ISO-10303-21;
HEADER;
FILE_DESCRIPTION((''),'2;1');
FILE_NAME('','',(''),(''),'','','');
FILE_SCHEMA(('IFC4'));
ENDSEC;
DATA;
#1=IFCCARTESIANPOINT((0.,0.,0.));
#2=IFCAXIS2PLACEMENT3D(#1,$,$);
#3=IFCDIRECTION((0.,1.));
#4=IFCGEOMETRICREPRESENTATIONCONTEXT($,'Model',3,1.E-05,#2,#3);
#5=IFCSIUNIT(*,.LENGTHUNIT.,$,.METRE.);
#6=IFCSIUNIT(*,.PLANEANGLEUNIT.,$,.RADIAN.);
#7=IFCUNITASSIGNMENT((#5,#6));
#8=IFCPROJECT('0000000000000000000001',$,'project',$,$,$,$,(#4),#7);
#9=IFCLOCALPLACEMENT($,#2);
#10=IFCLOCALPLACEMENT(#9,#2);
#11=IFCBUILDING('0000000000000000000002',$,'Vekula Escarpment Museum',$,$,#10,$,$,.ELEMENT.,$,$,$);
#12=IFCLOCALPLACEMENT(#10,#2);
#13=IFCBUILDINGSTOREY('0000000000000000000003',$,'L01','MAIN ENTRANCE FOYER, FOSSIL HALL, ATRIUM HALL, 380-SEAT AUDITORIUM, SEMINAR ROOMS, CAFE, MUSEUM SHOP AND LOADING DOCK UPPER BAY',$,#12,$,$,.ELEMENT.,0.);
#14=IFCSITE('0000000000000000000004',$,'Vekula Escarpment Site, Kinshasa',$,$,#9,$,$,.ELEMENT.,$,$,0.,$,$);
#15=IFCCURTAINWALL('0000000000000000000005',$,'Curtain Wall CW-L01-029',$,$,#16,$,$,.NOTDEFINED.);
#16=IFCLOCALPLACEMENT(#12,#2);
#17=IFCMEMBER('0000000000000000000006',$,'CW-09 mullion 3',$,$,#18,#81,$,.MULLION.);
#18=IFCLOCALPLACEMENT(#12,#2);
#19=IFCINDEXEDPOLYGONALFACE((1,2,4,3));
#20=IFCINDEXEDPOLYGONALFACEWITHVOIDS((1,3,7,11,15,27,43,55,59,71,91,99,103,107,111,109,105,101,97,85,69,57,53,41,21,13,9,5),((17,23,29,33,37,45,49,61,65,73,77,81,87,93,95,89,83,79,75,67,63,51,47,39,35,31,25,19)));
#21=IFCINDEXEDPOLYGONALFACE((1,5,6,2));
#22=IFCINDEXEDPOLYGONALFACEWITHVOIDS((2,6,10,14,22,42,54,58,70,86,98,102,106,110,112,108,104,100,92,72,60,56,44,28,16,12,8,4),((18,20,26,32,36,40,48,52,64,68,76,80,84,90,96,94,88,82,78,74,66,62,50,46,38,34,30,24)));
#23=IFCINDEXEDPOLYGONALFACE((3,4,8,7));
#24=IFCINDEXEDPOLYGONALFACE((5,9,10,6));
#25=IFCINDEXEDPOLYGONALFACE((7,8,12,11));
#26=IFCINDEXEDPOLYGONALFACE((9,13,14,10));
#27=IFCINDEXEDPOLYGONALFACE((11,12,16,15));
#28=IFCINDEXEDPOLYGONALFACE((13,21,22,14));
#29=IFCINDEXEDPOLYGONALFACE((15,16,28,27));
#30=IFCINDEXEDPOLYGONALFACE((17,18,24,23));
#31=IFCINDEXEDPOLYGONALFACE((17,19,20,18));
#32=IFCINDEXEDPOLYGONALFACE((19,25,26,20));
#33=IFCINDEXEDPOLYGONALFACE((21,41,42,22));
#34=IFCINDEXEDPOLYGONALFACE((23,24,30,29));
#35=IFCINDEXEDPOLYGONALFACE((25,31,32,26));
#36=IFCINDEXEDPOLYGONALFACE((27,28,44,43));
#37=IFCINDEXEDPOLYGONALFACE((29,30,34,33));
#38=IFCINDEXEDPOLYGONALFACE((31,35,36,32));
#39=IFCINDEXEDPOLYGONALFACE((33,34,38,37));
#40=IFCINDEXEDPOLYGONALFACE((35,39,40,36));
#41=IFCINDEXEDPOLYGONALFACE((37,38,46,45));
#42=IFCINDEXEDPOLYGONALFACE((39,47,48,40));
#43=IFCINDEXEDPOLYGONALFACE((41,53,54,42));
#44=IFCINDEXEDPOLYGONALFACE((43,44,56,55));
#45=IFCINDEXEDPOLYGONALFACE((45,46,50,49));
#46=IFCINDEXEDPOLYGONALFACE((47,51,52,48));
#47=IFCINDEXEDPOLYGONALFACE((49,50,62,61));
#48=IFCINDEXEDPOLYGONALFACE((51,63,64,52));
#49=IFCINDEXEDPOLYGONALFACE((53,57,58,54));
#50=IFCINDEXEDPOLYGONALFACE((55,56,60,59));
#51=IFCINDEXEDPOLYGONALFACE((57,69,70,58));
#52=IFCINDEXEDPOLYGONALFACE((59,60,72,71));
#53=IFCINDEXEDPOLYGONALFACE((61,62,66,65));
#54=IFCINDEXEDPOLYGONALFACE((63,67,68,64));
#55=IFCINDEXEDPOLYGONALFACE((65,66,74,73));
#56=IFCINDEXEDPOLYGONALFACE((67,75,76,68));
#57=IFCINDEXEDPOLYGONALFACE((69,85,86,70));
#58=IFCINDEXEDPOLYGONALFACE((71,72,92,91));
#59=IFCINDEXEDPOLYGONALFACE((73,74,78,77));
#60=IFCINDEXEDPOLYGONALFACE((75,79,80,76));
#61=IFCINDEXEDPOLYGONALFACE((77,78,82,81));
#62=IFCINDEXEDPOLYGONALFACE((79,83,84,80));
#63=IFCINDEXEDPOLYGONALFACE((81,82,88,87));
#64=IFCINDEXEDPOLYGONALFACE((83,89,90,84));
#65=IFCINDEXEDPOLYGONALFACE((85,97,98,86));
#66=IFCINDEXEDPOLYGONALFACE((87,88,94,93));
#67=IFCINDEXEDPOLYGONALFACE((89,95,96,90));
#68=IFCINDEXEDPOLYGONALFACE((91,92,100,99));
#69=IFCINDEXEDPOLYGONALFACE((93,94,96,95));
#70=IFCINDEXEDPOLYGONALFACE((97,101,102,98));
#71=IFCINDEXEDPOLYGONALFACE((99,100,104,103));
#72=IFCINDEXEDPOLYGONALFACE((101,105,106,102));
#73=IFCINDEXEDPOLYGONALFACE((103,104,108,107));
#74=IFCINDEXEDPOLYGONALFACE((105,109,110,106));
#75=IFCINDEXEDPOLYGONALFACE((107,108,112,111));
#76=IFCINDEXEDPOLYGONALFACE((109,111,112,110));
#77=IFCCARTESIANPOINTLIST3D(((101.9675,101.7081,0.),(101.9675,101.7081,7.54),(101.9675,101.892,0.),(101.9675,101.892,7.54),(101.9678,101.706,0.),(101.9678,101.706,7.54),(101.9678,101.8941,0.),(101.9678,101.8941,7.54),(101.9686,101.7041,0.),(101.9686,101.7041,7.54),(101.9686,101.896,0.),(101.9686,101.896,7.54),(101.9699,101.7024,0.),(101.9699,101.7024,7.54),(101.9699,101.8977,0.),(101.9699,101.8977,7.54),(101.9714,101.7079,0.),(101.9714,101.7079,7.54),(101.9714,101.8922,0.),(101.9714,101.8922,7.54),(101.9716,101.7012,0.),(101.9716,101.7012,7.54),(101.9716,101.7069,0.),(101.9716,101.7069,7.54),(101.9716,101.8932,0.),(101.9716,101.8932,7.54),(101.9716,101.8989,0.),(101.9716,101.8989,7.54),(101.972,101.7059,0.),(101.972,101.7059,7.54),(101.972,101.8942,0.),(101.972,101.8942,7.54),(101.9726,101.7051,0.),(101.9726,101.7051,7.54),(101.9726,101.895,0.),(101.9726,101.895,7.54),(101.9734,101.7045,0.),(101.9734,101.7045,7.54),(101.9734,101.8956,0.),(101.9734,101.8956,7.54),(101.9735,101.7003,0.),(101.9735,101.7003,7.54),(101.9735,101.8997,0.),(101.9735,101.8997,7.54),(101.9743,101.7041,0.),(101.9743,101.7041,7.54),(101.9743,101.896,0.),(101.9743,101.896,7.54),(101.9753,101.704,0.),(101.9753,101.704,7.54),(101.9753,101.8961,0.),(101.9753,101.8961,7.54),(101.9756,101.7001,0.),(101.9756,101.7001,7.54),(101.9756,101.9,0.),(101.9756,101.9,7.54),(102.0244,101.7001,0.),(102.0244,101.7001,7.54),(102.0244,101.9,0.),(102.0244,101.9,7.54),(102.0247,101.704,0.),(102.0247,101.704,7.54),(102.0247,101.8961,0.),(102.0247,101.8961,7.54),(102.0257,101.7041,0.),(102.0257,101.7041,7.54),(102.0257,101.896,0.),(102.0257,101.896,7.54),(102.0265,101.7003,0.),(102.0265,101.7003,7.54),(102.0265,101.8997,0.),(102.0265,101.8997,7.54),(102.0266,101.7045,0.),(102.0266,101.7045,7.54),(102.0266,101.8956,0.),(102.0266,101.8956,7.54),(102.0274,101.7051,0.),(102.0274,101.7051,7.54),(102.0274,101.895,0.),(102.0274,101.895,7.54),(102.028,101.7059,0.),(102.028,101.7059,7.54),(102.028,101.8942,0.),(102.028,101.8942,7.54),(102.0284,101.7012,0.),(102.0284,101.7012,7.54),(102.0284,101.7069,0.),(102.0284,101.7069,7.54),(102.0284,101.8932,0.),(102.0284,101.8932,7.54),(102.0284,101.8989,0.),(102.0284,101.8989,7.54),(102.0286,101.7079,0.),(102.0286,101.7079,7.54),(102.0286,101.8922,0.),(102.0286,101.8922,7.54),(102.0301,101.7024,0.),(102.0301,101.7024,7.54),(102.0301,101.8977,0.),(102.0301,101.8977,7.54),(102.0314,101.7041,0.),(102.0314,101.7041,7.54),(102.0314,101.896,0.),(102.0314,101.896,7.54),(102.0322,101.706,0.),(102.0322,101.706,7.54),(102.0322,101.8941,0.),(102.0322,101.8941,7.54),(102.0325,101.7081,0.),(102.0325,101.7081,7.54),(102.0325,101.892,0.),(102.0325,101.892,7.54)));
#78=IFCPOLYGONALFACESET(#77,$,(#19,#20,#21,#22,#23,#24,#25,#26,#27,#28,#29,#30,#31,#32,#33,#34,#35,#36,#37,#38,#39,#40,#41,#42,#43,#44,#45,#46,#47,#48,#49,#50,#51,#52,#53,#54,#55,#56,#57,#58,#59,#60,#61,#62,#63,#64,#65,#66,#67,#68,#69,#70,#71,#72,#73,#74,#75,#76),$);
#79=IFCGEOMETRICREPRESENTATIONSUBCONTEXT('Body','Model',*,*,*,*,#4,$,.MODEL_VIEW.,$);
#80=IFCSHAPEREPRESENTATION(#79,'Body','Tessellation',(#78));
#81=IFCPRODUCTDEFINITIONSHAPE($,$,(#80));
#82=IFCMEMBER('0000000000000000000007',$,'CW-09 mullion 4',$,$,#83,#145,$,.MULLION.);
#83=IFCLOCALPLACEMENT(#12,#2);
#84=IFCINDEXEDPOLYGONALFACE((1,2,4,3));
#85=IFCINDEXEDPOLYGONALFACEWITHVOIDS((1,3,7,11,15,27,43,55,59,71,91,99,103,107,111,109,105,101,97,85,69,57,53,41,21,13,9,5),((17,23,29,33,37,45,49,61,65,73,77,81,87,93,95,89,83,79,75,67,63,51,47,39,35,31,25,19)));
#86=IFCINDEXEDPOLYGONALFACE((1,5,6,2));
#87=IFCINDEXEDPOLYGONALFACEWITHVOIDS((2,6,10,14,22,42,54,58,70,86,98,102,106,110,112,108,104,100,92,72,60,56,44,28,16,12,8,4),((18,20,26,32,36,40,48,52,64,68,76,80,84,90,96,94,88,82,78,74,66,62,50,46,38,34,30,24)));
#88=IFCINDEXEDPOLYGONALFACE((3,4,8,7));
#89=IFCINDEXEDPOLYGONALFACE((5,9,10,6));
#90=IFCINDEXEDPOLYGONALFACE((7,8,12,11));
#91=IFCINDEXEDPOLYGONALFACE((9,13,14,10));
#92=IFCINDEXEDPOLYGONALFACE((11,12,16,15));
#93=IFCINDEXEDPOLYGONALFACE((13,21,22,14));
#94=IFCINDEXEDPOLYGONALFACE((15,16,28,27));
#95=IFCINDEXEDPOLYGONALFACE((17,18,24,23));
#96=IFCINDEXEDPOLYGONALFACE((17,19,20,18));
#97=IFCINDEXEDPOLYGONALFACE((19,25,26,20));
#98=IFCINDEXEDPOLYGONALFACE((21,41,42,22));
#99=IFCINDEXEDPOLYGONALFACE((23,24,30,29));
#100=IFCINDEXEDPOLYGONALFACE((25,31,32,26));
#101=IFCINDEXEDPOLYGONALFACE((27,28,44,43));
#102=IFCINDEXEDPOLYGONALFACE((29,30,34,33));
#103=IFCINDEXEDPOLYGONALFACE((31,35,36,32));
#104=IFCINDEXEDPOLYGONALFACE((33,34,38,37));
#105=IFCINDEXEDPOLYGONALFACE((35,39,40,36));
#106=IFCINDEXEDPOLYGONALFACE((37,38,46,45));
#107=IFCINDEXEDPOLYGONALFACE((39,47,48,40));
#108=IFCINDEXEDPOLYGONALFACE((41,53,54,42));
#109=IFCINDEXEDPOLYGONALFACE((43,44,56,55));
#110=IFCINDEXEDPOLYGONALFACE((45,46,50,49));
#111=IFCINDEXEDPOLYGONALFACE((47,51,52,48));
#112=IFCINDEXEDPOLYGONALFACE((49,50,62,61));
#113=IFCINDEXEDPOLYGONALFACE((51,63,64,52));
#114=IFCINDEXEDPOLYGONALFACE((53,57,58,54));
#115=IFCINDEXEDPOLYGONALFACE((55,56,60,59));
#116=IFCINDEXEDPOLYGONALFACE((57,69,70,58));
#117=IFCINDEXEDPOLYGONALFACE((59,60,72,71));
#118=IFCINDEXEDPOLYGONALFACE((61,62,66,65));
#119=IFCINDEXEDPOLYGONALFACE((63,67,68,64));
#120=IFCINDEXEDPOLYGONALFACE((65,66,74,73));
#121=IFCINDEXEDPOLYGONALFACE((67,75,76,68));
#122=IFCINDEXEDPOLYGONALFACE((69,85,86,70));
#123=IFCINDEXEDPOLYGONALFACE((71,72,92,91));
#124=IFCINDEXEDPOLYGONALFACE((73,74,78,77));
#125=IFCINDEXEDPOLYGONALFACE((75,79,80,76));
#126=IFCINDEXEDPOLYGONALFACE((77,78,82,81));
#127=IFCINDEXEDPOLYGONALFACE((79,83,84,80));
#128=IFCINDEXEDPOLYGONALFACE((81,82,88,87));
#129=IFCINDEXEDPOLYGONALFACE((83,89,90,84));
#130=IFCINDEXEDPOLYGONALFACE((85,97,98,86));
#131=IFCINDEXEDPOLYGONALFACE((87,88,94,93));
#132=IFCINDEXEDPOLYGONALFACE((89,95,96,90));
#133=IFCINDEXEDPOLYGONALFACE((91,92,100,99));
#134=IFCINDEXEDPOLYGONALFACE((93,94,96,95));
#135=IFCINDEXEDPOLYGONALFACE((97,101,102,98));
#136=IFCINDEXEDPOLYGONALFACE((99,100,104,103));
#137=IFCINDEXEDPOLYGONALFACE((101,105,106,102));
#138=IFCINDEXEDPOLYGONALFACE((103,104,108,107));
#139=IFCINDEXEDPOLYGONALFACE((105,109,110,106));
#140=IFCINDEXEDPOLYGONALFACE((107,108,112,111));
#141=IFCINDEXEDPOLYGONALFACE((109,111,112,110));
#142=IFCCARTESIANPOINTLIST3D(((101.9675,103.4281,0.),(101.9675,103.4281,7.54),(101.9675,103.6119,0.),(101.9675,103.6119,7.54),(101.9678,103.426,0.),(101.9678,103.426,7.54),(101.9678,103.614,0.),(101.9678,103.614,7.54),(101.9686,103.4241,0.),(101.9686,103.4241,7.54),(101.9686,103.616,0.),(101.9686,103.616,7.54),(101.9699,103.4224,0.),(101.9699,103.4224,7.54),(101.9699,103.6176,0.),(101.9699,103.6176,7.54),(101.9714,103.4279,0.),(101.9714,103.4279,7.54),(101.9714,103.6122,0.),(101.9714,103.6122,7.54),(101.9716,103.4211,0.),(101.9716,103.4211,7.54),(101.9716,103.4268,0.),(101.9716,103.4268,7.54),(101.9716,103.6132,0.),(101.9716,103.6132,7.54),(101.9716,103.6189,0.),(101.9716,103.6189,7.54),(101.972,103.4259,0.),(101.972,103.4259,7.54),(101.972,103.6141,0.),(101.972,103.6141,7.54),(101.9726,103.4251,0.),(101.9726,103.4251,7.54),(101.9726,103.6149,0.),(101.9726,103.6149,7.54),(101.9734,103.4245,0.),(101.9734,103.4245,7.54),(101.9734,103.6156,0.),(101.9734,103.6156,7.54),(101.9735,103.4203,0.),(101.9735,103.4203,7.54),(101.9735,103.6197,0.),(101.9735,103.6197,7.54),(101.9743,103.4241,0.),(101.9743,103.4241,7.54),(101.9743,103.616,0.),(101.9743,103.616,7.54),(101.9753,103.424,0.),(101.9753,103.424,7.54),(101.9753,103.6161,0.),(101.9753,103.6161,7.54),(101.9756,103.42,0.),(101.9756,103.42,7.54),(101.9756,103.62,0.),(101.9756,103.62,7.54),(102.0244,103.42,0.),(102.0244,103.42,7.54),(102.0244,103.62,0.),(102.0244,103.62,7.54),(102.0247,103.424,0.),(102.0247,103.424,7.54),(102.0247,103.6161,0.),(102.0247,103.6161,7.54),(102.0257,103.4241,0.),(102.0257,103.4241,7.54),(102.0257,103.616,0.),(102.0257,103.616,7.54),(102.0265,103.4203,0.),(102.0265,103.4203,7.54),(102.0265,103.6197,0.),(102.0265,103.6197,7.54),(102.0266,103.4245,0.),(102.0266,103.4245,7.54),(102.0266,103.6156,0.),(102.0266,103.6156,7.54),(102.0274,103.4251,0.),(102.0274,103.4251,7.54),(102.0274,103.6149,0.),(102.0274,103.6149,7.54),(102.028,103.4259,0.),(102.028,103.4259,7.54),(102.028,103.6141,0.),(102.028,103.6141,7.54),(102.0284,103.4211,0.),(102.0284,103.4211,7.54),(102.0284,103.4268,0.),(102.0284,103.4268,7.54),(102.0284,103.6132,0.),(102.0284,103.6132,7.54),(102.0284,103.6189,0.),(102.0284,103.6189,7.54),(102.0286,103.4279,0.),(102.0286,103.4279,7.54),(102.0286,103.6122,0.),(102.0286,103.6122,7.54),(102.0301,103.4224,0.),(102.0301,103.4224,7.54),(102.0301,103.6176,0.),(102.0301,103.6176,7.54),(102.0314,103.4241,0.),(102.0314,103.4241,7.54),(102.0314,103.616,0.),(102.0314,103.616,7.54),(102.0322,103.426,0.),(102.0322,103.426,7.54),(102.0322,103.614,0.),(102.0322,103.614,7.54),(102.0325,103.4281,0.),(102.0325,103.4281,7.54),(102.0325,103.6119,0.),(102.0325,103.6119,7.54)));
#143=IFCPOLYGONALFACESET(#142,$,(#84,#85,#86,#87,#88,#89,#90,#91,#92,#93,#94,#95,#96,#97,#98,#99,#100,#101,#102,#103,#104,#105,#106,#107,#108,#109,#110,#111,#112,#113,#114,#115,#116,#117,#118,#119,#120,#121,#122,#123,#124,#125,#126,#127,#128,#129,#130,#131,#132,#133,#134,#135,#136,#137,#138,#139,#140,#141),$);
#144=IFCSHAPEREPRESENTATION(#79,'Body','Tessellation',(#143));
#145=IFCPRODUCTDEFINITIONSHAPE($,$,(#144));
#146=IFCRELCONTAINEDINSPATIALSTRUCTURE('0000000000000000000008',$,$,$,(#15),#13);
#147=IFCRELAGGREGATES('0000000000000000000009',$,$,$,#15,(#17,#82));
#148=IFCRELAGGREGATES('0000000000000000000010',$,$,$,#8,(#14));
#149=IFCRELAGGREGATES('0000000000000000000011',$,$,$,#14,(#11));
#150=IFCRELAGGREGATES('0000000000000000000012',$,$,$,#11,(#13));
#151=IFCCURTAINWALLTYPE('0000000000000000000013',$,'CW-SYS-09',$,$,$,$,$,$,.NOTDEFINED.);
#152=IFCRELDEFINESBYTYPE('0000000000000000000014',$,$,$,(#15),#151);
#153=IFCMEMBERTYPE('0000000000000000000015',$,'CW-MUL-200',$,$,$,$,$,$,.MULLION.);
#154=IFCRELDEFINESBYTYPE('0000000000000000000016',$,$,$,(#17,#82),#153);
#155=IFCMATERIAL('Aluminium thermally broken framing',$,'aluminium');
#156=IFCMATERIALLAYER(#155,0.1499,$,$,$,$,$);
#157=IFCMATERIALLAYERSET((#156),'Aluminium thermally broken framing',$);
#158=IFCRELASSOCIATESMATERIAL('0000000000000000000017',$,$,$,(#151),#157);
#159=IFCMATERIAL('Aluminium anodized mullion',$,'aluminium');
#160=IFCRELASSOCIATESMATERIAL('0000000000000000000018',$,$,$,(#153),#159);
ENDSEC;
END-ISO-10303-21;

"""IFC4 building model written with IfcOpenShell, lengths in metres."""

from ifc_helpers import new_model, si_unit, direction, frame, origin, origin_2d, place, context, subcontext, project, spatial, hollow_rectangle, extrude, material, layer, layer_set, material_profile, profile_set, type_object, element, aggregate, save


model = new_model("IFC4")

# Units and contexts
model_context = context("Model", 3, precision=1e-05, world=origin(), true_north=direction((0.0, 1.0)))
body_context = subcontext(model_context, "Body", "Model", "MODEL_VIEW")
ifc_project = project(units=[si_unit("LENGTHUNIT", "METRE"), si_unit("PLANEANGLEUNIT", "RADIAN")], contexts=[model_context])

# Site, building, storey
site_placement = place(None, origin())
site = spatial("IfcSite", under=ifc_project, at=site_placement, Name="Vekula Escarpment Site, Kinshasa", CompositionType="ELEMENT", RefElevation=0.0)
building_placement = place(site_placement, origin())
building = spatial("IfcBuilding", under=site, at=building_placement, Name="Vekula Escarpment Museum", CompositionType="ELEMENT")
storey_placement = place(building_placement, origin())
storey = spatial("IfcBuildingStorey", under=building, at=storey_placement, Name="L01", Description="MAIN ENTRANCE FOYER, FOSSIL HALL, ATRIUM HALL, 380-SEAT AUDITORIUM, SEMINAR ROOMS, CAFE, MUSEUM SHOP AND LOADING DOCK UPPER BAY", CompositionType="ELEMENT", Elevation=0.0)

# Curtain wall, members
ifc_material_1 = material(Name="Aluminium thermally broken framing", Category="aluminium")
ifc_layer_1 = layer(ifc_material_1, 0.1499)
ifc_layer_set_1 = layer_set([ifc_layer_1], Name="Aluminium thermally broken framing")
curtain_wall_type_1 = type_object("IfcCurtainWallType", Name="CW-SYS-09", PredefinedType="NOTDEFINED", material=ifc_layer_set_1)
curtain_wall_1_placement = place(storey_placement, origin())
curtain_wall_1 = element("IfcCurtainWall", 1, at=curtain_wall_1_placement, inside=storey, type_object=curtain_wall_type_1, Name="Curtain Wall CW-L01-029", PredefinedType="NOTDEFINED")
ifc_material_2 = material(Name="Aluminium anodized mullion", Category="aluminium")
ifc_material_profile_1 = material_profile(ifc_material_2, hollow_rectangle(XDim=0.0649, YDim=0.2, WallThickness=0.0039, InnerFilletRadius=0.0039, OuterFilletRadius=0.0081, at=origin_2d()), Name="ALU 200x65x4")
ifc_profile_set_1 = profile_set([ifc_material_profile_1], Name="Aluminium anodized mullion")
member_type_1 = type_object("IfcMemberType", Name="CW-MUL-200", PredefinedType="MULLION", material=ifc_profile_set_1)
member_1_placement = place(storey_placement, frame((102.0, 101.8, 0.0), z_axis=(0.0, 0.0, 1.0), x_axis=(-1.0, 0.0, 0.0)))
member_1 = element("IfcMember", 2, at=member_1_placement, type_object=member_type_1, Name="CW-09 mullion 3", PredefinedType="MULLION", context=body_context, shape_type="SweptSolid", body=[
    extrude(hollow_rectangle(XDim=0.0649, YDim=0.2, WallThickness=0.0039, InnerFilletRadius=0.0039, OuterFilletRadius=0.0081, at=origin_2d()), origin(), (0.0, 0.0, 1.0), 7.54),
])
member_2_placement = place(storey_placement, frame((102.0, 103.52, 0.0), z_axis=(0.0, 0.0, 1.0), x_axis=(-1.0, 0.0, 0.0)))
member_2 = element("IfcMember", 3, at=member_2_placement, type_object=member_type_1, Name="CW-09 mullion 4", PredefinedType="MULLION", context=body_context, shape_type="SweptSolid", body=[
    extrude(hollow_rectangle(XDim=0.0649, YDim=0.2, WallThickness=0.0039, InnerFilletRadius=0.0039, OuterFilletRadius=0.0081, at=origin_2d()), origin(), (0.0, 0.0, 1.0), 7.54),
])

aggregate(curtain_wall_1, [member_1, member_2])

save(model, "model.ifc")
